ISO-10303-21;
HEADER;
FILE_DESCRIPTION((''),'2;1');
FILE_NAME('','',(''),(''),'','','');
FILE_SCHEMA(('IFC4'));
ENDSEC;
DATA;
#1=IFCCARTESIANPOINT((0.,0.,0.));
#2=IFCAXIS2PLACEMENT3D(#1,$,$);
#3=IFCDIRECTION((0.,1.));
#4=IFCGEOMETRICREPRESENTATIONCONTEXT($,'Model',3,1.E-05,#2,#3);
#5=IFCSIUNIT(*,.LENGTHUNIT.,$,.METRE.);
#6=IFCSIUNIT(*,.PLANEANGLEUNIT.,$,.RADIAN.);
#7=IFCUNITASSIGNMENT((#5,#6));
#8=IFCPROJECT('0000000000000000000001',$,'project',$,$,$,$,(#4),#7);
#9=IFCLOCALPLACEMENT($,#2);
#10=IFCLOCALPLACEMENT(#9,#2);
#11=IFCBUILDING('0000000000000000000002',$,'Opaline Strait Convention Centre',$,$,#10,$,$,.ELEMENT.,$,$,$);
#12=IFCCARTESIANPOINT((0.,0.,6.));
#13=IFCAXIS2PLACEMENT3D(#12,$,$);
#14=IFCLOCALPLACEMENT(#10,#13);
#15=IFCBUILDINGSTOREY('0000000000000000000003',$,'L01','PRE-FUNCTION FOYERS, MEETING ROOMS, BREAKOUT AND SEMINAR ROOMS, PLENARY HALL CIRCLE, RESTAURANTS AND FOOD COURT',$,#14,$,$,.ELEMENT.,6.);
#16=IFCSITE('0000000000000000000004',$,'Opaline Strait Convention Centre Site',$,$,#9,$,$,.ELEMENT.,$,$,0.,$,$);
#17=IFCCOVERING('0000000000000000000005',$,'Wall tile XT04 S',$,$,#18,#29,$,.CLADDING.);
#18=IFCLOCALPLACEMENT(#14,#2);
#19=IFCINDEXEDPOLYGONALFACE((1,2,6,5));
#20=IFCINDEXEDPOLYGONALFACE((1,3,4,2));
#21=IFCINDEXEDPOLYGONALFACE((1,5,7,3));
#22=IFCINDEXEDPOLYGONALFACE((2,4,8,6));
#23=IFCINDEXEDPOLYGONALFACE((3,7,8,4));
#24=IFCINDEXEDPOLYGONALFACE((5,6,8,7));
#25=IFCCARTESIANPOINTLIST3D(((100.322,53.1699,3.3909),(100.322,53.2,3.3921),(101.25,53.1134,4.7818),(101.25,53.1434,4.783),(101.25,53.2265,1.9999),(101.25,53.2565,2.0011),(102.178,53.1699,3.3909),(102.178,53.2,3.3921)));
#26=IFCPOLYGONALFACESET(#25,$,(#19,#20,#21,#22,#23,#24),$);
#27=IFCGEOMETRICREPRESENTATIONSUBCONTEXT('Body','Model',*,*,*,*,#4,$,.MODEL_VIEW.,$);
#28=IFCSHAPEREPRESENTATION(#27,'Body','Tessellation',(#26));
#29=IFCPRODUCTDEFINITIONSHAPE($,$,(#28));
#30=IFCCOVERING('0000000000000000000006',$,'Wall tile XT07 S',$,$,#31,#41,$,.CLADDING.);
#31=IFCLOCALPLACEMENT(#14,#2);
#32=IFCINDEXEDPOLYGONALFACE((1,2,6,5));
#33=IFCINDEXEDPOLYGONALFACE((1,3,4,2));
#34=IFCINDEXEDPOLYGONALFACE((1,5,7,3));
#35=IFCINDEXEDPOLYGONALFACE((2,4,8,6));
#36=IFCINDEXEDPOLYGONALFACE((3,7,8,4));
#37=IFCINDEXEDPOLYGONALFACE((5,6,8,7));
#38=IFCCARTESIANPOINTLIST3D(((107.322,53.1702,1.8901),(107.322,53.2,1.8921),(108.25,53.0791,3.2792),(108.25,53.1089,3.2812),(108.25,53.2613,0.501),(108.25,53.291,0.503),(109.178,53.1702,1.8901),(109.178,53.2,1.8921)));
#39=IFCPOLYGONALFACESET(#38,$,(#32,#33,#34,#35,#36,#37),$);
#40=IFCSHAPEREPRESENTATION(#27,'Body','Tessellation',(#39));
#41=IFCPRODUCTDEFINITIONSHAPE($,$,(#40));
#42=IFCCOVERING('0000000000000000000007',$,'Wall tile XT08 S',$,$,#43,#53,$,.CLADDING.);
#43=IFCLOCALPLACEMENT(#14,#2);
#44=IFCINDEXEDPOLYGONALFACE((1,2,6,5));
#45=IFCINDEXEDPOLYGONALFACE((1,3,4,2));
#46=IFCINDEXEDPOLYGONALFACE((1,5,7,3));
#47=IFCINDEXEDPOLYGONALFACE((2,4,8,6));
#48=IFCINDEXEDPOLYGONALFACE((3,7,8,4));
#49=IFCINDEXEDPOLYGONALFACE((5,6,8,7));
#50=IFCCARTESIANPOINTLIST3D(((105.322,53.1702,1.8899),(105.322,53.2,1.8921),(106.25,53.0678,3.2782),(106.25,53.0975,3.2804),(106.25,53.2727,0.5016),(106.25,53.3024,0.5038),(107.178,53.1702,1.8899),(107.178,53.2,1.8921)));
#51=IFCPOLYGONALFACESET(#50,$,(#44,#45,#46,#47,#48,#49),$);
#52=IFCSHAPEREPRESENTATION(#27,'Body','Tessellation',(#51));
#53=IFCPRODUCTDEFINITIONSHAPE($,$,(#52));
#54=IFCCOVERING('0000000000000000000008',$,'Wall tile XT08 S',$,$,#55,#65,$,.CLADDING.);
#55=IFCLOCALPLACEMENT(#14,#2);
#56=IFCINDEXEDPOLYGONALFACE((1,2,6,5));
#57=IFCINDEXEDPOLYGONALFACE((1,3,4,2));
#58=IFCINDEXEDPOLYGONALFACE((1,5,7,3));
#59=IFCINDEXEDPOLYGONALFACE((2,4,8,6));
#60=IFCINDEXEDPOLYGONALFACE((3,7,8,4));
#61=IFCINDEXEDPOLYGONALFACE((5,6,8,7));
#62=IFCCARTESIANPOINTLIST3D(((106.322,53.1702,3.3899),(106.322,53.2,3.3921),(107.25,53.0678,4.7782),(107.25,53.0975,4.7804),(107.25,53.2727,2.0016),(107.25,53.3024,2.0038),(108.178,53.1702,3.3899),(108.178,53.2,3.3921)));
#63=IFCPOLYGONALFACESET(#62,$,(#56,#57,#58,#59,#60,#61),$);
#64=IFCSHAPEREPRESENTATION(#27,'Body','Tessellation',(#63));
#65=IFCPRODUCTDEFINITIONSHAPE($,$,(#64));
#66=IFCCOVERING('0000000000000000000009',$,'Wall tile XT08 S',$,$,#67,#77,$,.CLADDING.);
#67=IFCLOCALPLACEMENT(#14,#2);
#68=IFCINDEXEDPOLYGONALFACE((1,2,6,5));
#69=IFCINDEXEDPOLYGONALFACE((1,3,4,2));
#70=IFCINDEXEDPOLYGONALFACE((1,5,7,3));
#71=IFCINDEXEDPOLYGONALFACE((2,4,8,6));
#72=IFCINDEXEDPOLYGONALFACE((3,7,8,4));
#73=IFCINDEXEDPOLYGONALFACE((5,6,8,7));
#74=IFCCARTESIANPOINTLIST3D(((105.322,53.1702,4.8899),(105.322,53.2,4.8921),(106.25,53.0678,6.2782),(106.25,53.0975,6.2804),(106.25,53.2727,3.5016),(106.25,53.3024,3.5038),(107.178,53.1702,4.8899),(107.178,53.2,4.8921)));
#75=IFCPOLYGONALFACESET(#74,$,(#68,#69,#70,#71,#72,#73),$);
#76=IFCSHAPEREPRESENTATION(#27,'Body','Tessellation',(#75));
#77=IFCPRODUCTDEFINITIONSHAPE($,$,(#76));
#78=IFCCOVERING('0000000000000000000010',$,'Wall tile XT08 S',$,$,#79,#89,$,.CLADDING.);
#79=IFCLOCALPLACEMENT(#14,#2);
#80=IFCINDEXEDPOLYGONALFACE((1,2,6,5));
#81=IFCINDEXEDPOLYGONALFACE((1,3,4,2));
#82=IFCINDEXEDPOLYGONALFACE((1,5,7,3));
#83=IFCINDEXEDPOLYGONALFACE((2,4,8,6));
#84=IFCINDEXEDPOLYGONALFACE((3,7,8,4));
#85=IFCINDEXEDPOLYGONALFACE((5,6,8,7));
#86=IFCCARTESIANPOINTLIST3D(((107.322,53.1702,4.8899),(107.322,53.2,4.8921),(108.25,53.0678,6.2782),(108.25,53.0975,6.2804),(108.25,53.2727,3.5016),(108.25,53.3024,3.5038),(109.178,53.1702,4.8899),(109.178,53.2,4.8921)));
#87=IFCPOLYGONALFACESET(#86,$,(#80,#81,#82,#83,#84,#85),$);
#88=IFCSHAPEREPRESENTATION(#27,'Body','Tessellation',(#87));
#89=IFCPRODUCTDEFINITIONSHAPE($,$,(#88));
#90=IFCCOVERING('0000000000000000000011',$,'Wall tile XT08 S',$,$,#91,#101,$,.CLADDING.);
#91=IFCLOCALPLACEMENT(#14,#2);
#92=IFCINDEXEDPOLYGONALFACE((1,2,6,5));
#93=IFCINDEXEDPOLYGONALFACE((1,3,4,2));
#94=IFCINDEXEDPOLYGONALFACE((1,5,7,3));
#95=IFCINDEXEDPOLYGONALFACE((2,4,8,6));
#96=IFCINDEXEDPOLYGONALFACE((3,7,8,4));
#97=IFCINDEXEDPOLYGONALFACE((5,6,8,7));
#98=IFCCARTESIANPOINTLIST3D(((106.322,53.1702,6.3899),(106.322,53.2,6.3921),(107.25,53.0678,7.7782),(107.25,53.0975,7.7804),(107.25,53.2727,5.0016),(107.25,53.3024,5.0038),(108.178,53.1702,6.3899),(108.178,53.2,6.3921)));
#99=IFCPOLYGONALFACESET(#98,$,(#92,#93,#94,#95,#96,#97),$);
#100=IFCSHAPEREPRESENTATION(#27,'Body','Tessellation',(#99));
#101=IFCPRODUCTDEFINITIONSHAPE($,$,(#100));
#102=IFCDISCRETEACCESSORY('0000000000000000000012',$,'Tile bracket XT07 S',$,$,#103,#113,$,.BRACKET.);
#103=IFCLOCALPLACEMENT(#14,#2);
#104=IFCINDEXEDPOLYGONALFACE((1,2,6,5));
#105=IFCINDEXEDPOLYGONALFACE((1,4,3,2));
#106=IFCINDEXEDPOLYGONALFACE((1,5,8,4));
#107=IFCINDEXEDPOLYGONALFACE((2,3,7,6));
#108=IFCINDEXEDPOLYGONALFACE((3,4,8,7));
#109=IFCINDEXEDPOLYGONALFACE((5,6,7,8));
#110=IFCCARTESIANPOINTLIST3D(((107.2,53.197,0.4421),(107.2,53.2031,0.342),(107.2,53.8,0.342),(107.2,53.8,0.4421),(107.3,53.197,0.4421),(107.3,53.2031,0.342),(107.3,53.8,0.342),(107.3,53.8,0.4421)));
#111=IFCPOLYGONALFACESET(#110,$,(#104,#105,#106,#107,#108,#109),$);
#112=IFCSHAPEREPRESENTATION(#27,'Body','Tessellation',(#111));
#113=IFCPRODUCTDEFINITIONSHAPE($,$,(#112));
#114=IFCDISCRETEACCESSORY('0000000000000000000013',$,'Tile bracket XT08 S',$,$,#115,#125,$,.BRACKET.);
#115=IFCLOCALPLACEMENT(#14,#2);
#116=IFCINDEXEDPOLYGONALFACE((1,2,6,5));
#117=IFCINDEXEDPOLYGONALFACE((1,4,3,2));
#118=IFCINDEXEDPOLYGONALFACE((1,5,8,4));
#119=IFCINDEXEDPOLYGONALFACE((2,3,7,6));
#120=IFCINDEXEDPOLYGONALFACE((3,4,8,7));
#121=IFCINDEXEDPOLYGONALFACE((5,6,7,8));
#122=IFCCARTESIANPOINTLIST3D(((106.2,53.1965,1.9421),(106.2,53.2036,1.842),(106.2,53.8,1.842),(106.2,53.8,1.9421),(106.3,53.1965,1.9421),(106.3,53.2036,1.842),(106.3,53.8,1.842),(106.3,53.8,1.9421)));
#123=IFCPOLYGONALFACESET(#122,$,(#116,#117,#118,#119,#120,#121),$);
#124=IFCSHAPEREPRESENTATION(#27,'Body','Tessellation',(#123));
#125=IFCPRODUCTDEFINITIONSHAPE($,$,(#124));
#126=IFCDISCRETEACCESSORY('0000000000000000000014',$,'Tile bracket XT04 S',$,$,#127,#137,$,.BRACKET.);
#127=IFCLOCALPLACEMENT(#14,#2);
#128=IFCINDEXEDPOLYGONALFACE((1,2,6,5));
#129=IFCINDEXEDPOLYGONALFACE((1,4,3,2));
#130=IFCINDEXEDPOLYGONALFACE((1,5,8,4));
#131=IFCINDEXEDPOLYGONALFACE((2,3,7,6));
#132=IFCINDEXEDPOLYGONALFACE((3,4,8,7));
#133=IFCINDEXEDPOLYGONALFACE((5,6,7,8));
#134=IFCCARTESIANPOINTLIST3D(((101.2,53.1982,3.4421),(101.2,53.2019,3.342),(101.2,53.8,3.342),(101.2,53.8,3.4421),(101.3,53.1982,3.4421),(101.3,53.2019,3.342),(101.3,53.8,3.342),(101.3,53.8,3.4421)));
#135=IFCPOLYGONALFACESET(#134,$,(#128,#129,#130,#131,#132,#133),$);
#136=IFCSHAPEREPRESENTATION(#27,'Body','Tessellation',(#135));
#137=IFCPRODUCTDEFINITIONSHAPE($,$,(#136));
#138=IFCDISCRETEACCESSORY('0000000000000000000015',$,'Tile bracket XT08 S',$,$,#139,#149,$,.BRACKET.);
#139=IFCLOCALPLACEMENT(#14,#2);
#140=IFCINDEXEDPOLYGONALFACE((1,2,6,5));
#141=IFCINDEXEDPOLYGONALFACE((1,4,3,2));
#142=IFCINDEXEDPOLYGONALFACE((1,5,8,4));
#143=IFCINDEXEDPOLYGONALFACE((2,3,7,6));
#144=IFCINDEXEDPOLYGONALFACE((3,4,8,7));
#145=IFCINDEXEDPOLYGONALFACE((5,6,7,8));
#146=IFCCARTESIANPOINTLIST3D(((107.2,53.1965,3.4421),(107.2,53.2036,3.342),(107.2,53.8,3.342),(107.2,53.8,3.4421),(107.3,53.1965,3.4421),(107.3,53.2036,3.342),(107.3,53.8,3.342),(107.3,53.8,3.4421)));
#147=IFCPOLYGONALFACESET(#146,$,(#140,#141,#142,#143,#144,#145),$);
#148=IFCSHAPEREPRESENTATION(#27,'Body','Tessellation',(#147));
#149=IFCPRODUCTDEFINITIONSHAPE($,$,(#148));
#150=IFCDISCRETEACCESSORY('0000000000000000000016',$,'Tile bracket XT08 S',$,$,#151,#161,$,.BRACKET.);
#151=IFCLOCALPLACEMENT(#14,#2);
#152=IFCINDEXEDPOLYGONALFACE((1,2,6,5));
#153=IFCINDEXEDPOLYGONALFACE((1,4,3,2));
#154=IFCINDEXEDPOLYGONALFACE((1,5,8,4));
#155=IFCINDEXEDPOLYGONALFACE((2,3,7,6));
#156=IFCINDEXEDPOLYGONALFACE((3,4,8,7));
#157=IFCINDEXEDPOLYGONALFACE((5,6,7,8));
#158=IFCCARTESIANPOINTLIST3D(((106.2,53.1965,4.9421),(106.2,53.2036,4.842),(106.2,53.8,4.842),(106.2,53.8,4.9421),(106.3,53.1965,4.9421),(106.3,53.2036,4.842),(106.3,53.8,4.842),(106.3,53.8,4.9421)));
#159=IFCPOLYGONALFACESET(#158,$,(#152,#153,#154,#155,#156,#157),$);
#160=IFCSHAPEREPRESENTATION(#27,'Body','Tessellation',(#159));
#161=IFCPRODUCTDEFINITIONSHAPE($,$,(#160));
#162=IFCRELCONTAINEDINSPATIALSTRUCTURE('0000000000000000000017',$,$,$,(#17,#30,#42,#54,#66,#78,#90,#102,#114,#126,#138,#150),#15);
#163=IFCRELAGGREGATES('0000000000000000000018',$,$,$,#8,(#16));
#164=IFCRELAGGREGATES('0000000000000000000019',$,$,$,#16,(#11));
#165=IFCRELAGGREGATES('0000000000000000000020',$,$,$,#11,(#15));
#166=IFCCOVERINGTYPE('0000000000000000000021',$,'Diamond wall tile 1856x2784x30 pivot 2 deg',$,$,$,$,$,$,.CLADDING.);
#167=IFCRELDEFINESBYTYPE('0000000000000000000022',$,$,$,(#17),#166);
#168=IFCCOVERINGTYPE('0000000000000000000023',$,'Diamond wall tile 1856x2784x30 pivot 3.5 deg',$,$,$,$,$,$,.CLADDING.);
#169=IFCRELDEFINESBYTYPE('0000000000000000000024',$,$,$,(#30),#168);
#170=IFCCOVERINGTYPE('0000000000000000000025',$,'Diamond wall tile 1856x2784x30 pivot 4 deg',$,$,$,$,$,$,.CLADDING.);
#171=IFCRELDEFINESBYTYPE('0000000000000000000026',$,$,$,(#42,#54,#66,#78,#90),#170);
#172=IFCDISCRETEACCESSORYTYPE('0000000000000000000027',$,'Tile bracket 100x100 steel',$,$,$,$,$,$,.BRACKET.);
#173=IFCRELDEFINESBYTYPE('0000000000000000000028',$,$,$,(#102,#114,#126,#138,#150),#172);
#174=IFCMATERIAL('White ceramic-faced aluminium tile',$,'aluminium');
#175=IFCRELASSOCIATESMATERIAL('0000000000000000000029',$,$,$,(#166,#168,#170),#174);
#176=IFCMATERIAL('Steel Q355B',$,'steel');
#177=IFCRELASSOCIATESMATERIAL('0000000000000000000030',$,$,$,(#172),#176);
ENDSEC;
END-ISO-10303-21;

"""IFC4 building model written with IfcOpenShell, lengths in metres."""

from ifc_helpers import new_model, si_unit, direction, frame, origin, place, context, subcontext, project, spatial, polyline, outline, extrude, material, material_profile, profile_set, type_object, element, save


model = new_model("IFC4")

# Units and contexts
model_context = context("Model", 3, precision=1e-05, world=origin(), true_north=direction((0.0, 1.0)))
body_context = subcontext(model_context, "Body", "Model", "MODEL_VIEW")
ifc_project = project(units=[si_unit("LENGTHUNIT", "METRE"), si_unit("PLANEANGLEUNIT", "RADIAN")], contexts=[model_context])

# Site, building, storey
site_placement = place(None, origin())
site = spatial("IfcSite", under=ifc_project, at=site_placement, Name="Opaline Strait Convention Centre Site", CompositionType="ELEMENT", RefElevation=0.0)
building_placement = place(site_placement, origin())
building = spatial("IfcBuilding", under=site, at=building_placement, Name="Opaline Strait Convention Centre", CompositionType="ELEMENT")
storey_placement = place(building_placement, frame((0.0, 0.0, 6.0)))
storey = spatial("IfcBuildingStorey", under=building, at=storey_placement, Name="L01", Description="PRE-FUNCTION FOYERS, MEETING ROOMS, BREAKOUT AND SEMINAR ROOMS, PLENARY HALL CIRCLE, RESTAURANTS AND FOOD COURT", CompositionType="ELEMENT", Elevation=6.0)

# Coverings
ifc_material_1 = material(Name="White ceramic-faced aluminium tile", Category="aluminium")
ifc_material_profile_1 = material_profile(ifc_material_1, outline(polyline([(0.928, 0.0), (0.0, 1.3921), (-0.928, 0.0), (0.0, -1.3921), (0.928, 0.0)])), Name="Diamond tile 1856x2784")
ifc_profile_set_1 = profile_set([ifc_material_profile_1], Name="White ceramic-faced aluminium tile")
covering_type_1 = type_object("IfcCoveringType", Name="Diamond wall tile 1856x2784x30 pivot 2 deg", PredefinedType="CLADDING", material=ifc_profile_set_1)
covering_1_placement = place(storey_placement, frame((101.25, 53.2, 3.3921), z_axis=(0.0, -0.999175, -0.040617), x_axis=(1.0, 0.0, 0.0)))
element("IfcCovering", 1, at=covering_1_placement, inside=storey, type_object=covering_type_1, Name="Wall tile XT04 S", PredefinedType="CLADDING", context=body_context, shape_type="SweptSolid", body=[
    extrude(outline(polyline([(0.928, 0.0), (0.0, 1.3921), (-0.928, 0.0), (0.0, -1.3921), (0.928, 0.0)])), origin(), (0.0, 0.0, 1.0), 0.03),
])
ifc_material_profile_2 = material_profile(ifc_material_1, outline(polyline([(0.928, 0.0), (0.0, 1.3921), (-0.928, 0.0), (0.0, -1.3921), (0.928, 0.0)])), Name="Diamond tile 1856x2784")
ifc_profile_set_2 = profile_set([ifc_material_profile_2], Name="White ceramic-faced aluminium tile")
covering_type_2 = type_object("IfcCoveringType", Name="Diamond wall tile 1856x2784x30 pivot 3.5 deg", PredefinedType="CLADDING", material=ifc_profile_set_2)
covering_2_placement = place(storey_placement, frame((108.25, 53.2, 1.8921), z_axis=(0.0, -0.997857, -0.065433), x_axis=(1.0, 0.0, 0.0)))
element("IfcCovering", 2, at=covering_2_placement, inside=storey, type_object=covering_type_2, Name="Wall tile XT07 S", PredefinedType="CLADDING", context=body_context, shape_type="SweptSolid", body=[
    extrude(outline(polyline([(0.928, 0.0), (0.0, 1.3921), (-0.928, 0.0), (0.0, -1.3921), (0.928, 0.0)])), origin(), (0.0, 0.0, 1.0), 0.0298),
])
ifc_material_profile_3 = material_profile(ifc_material_1, outline(polyline([(0.928, 0.0), (0.0, 1.3921), (-0.928, 0.0), (0.0, -1.3921), (0.928, 0.0)])), Name="Diamond tile 1856x2784")
ifc_profile_set_3 = profile_set([ifc_material_profile_3], Name="White ceramic-faced aluminium tile")
covering_type_3 = type_object("IfcCoveringType", Name="Diamond wall tile 1856x2784x30 pivot 4 deg", PredefinedType="CLADDING", material=ifc_profile_set_3)
for number, where, z_axis, x_axis, name in (
    (3, (106.25, 53.2, 1.8921), (0.0, -0.99729, -0.073571), (1.0, 0.0, 0.0), "Wall tile XT08 S"),
    (4, (107.25, 53.2, 3.3921), (0.0, -0.99729, -0.073571), (1.0, 0.0, 0.0), "Wall tile XT08 S"),
    (5, (106.25, 53.2, 4.8921), (0.0, -0.99729, -0.073571), (1.0, 0.0, 0.0), "Wall tile XT08 S"),
    (6, (108.25, 53.2, 4.8921), (0.0, -0.99729, -0.073571), (1.0, 0.0, 0.0), "Wall tile XT08 S"),
    (7, (107.25, 53.2, 6.3921), (0.0, -0.99729, -0.073571), (1.0, 0.0, 0.0), "Wall tile XT08 S"),
):
    element("IfcCovering", number, at=place(storey_placement, frame(where, z_axis=z_axis, x_axis=x_axis)), inside=storey, type_object=covering_type_3, Name=name, PredefinedType="CLADDING", context=body_context, shape_type="SweptSolid", body=[
        extrude(outline(polyline([(0.928, 0.0), (0.0, 1.3921), (-0.928, 0.0), (0.0, -1.3921), (0.928, 0.0)])), origin(), (0.0, 0.0, 1.0), 0.0298),
    ])

# Discrete accessories
ifc_material_2 = material(Name="Steel Q355B", Category="steel")
discrete_accessory_type = type_object("IfcDiscreteAccessoryType", Name="Tile bracket 100x100 steel", PredefinedType="BRACKET", material=ifc_material_2)
discrete_accessory_1_placement = place(storey_placement, frame((107.2, 53.8, 0.3921), z_axis=(1.0, 0.0, 0.0), x_axis=(0.0, 1.0, 0.0)))
element("IfcDiscreteAccessory", 8, at=discrete_accessory_1_placement, inside=storey, type_object=discrete_accessory_type, Name="Tile bracket XT07 S", PredefinedType="BRACKET", context=body_context, shape_type="SweptSolid", body=[
    extrude(outline(polyline([(0.0, -0.05), (0.0, 0.05), (-0.603, 0.05), (-0.5969, -0.05), (0.0, -0.05)])), origin(), (0.0, 0.0, 1.0), 0.1001),
])
discrete_accessory_2_placement = place(storey_placement, frame((106.2, 53.8, 1.8921), z_axis=(1.0, 0.0, 0.0), x_axis=(0.0, 1.0, 0.0)))
element("IfcDiscreteAccessory", 9, at=discrete_accessory_2_placement, inside=storey, type_object=discrete_accessory_type, Name="Tile bracket XT08 S", PredefinedType="BRACKET", context=body_context, shape_type="SweptSolid", body=[
    extrude(outline(polyline([(0.0, -0.05), (0.0, 0.05), (-0.6035, 0.05), (-0.5964, -0.05), (0.0, -0.05)])), origin(), (0.0, 0.0, 1.0), 0.1001),
])
discrete_accessory_3_placement = place(storey_placement, frame((101.2, 53.8, 3.3921), z_axis=(1.0, 0.0, 0.0), x_axis=(0.0, 1.0, 0.0)))
element("IfcDiscreteAccessory", 10, at=discrete_accessory_3_placement, inside=storey, type_object=discrete_accessory_type, Name="Tile bracket XT04 S", PredefinedType="BRACKET", context=body_context, shape_type="SweptSolid", body=[
    extrude(outline(polyline([(0.0, -0.05), (0.0, 0.05), (-0.6018, 0.05), (-0.5981, -0.05), (0.0, -0.05)])), origin(), (0.0, 0.0, 1.0), 0.1001),
])
for number, where, z_axis, x_axis, name in (
    (11, (107.2, 53.8, 3.3921), (1.0, 0.0, 0.0), (0.0, 1.0, 0.0), "Tile bracket XT08 S"),
    (12, (106.2, 53.8, 4.8921), (1.0, 0.0, 0.0), (0.0, 1.0, 0.0), "Tile bracket XT08 S"),
):
    element("IfcDiscreteAccessory", number, at=place(storey_placement, frame(where, z_axis=z_axis, x_axis=x_axis)), inside=storey, type_object=discrete_accessory_type, Name=name, PredefinedType="BRACKET", context=body_context, shape_type="SweptSolid", body=[
        extrude(outline(polyline([(0.0, -0.05), (0.0, 0.05), (-0.6035, 0.05), (-0.5964, -0.05), (0.0, -0.05)])), origin(), (0.0, 0.0, 1.0), 0.1001),
    ])

save(model, "model.ifc")
